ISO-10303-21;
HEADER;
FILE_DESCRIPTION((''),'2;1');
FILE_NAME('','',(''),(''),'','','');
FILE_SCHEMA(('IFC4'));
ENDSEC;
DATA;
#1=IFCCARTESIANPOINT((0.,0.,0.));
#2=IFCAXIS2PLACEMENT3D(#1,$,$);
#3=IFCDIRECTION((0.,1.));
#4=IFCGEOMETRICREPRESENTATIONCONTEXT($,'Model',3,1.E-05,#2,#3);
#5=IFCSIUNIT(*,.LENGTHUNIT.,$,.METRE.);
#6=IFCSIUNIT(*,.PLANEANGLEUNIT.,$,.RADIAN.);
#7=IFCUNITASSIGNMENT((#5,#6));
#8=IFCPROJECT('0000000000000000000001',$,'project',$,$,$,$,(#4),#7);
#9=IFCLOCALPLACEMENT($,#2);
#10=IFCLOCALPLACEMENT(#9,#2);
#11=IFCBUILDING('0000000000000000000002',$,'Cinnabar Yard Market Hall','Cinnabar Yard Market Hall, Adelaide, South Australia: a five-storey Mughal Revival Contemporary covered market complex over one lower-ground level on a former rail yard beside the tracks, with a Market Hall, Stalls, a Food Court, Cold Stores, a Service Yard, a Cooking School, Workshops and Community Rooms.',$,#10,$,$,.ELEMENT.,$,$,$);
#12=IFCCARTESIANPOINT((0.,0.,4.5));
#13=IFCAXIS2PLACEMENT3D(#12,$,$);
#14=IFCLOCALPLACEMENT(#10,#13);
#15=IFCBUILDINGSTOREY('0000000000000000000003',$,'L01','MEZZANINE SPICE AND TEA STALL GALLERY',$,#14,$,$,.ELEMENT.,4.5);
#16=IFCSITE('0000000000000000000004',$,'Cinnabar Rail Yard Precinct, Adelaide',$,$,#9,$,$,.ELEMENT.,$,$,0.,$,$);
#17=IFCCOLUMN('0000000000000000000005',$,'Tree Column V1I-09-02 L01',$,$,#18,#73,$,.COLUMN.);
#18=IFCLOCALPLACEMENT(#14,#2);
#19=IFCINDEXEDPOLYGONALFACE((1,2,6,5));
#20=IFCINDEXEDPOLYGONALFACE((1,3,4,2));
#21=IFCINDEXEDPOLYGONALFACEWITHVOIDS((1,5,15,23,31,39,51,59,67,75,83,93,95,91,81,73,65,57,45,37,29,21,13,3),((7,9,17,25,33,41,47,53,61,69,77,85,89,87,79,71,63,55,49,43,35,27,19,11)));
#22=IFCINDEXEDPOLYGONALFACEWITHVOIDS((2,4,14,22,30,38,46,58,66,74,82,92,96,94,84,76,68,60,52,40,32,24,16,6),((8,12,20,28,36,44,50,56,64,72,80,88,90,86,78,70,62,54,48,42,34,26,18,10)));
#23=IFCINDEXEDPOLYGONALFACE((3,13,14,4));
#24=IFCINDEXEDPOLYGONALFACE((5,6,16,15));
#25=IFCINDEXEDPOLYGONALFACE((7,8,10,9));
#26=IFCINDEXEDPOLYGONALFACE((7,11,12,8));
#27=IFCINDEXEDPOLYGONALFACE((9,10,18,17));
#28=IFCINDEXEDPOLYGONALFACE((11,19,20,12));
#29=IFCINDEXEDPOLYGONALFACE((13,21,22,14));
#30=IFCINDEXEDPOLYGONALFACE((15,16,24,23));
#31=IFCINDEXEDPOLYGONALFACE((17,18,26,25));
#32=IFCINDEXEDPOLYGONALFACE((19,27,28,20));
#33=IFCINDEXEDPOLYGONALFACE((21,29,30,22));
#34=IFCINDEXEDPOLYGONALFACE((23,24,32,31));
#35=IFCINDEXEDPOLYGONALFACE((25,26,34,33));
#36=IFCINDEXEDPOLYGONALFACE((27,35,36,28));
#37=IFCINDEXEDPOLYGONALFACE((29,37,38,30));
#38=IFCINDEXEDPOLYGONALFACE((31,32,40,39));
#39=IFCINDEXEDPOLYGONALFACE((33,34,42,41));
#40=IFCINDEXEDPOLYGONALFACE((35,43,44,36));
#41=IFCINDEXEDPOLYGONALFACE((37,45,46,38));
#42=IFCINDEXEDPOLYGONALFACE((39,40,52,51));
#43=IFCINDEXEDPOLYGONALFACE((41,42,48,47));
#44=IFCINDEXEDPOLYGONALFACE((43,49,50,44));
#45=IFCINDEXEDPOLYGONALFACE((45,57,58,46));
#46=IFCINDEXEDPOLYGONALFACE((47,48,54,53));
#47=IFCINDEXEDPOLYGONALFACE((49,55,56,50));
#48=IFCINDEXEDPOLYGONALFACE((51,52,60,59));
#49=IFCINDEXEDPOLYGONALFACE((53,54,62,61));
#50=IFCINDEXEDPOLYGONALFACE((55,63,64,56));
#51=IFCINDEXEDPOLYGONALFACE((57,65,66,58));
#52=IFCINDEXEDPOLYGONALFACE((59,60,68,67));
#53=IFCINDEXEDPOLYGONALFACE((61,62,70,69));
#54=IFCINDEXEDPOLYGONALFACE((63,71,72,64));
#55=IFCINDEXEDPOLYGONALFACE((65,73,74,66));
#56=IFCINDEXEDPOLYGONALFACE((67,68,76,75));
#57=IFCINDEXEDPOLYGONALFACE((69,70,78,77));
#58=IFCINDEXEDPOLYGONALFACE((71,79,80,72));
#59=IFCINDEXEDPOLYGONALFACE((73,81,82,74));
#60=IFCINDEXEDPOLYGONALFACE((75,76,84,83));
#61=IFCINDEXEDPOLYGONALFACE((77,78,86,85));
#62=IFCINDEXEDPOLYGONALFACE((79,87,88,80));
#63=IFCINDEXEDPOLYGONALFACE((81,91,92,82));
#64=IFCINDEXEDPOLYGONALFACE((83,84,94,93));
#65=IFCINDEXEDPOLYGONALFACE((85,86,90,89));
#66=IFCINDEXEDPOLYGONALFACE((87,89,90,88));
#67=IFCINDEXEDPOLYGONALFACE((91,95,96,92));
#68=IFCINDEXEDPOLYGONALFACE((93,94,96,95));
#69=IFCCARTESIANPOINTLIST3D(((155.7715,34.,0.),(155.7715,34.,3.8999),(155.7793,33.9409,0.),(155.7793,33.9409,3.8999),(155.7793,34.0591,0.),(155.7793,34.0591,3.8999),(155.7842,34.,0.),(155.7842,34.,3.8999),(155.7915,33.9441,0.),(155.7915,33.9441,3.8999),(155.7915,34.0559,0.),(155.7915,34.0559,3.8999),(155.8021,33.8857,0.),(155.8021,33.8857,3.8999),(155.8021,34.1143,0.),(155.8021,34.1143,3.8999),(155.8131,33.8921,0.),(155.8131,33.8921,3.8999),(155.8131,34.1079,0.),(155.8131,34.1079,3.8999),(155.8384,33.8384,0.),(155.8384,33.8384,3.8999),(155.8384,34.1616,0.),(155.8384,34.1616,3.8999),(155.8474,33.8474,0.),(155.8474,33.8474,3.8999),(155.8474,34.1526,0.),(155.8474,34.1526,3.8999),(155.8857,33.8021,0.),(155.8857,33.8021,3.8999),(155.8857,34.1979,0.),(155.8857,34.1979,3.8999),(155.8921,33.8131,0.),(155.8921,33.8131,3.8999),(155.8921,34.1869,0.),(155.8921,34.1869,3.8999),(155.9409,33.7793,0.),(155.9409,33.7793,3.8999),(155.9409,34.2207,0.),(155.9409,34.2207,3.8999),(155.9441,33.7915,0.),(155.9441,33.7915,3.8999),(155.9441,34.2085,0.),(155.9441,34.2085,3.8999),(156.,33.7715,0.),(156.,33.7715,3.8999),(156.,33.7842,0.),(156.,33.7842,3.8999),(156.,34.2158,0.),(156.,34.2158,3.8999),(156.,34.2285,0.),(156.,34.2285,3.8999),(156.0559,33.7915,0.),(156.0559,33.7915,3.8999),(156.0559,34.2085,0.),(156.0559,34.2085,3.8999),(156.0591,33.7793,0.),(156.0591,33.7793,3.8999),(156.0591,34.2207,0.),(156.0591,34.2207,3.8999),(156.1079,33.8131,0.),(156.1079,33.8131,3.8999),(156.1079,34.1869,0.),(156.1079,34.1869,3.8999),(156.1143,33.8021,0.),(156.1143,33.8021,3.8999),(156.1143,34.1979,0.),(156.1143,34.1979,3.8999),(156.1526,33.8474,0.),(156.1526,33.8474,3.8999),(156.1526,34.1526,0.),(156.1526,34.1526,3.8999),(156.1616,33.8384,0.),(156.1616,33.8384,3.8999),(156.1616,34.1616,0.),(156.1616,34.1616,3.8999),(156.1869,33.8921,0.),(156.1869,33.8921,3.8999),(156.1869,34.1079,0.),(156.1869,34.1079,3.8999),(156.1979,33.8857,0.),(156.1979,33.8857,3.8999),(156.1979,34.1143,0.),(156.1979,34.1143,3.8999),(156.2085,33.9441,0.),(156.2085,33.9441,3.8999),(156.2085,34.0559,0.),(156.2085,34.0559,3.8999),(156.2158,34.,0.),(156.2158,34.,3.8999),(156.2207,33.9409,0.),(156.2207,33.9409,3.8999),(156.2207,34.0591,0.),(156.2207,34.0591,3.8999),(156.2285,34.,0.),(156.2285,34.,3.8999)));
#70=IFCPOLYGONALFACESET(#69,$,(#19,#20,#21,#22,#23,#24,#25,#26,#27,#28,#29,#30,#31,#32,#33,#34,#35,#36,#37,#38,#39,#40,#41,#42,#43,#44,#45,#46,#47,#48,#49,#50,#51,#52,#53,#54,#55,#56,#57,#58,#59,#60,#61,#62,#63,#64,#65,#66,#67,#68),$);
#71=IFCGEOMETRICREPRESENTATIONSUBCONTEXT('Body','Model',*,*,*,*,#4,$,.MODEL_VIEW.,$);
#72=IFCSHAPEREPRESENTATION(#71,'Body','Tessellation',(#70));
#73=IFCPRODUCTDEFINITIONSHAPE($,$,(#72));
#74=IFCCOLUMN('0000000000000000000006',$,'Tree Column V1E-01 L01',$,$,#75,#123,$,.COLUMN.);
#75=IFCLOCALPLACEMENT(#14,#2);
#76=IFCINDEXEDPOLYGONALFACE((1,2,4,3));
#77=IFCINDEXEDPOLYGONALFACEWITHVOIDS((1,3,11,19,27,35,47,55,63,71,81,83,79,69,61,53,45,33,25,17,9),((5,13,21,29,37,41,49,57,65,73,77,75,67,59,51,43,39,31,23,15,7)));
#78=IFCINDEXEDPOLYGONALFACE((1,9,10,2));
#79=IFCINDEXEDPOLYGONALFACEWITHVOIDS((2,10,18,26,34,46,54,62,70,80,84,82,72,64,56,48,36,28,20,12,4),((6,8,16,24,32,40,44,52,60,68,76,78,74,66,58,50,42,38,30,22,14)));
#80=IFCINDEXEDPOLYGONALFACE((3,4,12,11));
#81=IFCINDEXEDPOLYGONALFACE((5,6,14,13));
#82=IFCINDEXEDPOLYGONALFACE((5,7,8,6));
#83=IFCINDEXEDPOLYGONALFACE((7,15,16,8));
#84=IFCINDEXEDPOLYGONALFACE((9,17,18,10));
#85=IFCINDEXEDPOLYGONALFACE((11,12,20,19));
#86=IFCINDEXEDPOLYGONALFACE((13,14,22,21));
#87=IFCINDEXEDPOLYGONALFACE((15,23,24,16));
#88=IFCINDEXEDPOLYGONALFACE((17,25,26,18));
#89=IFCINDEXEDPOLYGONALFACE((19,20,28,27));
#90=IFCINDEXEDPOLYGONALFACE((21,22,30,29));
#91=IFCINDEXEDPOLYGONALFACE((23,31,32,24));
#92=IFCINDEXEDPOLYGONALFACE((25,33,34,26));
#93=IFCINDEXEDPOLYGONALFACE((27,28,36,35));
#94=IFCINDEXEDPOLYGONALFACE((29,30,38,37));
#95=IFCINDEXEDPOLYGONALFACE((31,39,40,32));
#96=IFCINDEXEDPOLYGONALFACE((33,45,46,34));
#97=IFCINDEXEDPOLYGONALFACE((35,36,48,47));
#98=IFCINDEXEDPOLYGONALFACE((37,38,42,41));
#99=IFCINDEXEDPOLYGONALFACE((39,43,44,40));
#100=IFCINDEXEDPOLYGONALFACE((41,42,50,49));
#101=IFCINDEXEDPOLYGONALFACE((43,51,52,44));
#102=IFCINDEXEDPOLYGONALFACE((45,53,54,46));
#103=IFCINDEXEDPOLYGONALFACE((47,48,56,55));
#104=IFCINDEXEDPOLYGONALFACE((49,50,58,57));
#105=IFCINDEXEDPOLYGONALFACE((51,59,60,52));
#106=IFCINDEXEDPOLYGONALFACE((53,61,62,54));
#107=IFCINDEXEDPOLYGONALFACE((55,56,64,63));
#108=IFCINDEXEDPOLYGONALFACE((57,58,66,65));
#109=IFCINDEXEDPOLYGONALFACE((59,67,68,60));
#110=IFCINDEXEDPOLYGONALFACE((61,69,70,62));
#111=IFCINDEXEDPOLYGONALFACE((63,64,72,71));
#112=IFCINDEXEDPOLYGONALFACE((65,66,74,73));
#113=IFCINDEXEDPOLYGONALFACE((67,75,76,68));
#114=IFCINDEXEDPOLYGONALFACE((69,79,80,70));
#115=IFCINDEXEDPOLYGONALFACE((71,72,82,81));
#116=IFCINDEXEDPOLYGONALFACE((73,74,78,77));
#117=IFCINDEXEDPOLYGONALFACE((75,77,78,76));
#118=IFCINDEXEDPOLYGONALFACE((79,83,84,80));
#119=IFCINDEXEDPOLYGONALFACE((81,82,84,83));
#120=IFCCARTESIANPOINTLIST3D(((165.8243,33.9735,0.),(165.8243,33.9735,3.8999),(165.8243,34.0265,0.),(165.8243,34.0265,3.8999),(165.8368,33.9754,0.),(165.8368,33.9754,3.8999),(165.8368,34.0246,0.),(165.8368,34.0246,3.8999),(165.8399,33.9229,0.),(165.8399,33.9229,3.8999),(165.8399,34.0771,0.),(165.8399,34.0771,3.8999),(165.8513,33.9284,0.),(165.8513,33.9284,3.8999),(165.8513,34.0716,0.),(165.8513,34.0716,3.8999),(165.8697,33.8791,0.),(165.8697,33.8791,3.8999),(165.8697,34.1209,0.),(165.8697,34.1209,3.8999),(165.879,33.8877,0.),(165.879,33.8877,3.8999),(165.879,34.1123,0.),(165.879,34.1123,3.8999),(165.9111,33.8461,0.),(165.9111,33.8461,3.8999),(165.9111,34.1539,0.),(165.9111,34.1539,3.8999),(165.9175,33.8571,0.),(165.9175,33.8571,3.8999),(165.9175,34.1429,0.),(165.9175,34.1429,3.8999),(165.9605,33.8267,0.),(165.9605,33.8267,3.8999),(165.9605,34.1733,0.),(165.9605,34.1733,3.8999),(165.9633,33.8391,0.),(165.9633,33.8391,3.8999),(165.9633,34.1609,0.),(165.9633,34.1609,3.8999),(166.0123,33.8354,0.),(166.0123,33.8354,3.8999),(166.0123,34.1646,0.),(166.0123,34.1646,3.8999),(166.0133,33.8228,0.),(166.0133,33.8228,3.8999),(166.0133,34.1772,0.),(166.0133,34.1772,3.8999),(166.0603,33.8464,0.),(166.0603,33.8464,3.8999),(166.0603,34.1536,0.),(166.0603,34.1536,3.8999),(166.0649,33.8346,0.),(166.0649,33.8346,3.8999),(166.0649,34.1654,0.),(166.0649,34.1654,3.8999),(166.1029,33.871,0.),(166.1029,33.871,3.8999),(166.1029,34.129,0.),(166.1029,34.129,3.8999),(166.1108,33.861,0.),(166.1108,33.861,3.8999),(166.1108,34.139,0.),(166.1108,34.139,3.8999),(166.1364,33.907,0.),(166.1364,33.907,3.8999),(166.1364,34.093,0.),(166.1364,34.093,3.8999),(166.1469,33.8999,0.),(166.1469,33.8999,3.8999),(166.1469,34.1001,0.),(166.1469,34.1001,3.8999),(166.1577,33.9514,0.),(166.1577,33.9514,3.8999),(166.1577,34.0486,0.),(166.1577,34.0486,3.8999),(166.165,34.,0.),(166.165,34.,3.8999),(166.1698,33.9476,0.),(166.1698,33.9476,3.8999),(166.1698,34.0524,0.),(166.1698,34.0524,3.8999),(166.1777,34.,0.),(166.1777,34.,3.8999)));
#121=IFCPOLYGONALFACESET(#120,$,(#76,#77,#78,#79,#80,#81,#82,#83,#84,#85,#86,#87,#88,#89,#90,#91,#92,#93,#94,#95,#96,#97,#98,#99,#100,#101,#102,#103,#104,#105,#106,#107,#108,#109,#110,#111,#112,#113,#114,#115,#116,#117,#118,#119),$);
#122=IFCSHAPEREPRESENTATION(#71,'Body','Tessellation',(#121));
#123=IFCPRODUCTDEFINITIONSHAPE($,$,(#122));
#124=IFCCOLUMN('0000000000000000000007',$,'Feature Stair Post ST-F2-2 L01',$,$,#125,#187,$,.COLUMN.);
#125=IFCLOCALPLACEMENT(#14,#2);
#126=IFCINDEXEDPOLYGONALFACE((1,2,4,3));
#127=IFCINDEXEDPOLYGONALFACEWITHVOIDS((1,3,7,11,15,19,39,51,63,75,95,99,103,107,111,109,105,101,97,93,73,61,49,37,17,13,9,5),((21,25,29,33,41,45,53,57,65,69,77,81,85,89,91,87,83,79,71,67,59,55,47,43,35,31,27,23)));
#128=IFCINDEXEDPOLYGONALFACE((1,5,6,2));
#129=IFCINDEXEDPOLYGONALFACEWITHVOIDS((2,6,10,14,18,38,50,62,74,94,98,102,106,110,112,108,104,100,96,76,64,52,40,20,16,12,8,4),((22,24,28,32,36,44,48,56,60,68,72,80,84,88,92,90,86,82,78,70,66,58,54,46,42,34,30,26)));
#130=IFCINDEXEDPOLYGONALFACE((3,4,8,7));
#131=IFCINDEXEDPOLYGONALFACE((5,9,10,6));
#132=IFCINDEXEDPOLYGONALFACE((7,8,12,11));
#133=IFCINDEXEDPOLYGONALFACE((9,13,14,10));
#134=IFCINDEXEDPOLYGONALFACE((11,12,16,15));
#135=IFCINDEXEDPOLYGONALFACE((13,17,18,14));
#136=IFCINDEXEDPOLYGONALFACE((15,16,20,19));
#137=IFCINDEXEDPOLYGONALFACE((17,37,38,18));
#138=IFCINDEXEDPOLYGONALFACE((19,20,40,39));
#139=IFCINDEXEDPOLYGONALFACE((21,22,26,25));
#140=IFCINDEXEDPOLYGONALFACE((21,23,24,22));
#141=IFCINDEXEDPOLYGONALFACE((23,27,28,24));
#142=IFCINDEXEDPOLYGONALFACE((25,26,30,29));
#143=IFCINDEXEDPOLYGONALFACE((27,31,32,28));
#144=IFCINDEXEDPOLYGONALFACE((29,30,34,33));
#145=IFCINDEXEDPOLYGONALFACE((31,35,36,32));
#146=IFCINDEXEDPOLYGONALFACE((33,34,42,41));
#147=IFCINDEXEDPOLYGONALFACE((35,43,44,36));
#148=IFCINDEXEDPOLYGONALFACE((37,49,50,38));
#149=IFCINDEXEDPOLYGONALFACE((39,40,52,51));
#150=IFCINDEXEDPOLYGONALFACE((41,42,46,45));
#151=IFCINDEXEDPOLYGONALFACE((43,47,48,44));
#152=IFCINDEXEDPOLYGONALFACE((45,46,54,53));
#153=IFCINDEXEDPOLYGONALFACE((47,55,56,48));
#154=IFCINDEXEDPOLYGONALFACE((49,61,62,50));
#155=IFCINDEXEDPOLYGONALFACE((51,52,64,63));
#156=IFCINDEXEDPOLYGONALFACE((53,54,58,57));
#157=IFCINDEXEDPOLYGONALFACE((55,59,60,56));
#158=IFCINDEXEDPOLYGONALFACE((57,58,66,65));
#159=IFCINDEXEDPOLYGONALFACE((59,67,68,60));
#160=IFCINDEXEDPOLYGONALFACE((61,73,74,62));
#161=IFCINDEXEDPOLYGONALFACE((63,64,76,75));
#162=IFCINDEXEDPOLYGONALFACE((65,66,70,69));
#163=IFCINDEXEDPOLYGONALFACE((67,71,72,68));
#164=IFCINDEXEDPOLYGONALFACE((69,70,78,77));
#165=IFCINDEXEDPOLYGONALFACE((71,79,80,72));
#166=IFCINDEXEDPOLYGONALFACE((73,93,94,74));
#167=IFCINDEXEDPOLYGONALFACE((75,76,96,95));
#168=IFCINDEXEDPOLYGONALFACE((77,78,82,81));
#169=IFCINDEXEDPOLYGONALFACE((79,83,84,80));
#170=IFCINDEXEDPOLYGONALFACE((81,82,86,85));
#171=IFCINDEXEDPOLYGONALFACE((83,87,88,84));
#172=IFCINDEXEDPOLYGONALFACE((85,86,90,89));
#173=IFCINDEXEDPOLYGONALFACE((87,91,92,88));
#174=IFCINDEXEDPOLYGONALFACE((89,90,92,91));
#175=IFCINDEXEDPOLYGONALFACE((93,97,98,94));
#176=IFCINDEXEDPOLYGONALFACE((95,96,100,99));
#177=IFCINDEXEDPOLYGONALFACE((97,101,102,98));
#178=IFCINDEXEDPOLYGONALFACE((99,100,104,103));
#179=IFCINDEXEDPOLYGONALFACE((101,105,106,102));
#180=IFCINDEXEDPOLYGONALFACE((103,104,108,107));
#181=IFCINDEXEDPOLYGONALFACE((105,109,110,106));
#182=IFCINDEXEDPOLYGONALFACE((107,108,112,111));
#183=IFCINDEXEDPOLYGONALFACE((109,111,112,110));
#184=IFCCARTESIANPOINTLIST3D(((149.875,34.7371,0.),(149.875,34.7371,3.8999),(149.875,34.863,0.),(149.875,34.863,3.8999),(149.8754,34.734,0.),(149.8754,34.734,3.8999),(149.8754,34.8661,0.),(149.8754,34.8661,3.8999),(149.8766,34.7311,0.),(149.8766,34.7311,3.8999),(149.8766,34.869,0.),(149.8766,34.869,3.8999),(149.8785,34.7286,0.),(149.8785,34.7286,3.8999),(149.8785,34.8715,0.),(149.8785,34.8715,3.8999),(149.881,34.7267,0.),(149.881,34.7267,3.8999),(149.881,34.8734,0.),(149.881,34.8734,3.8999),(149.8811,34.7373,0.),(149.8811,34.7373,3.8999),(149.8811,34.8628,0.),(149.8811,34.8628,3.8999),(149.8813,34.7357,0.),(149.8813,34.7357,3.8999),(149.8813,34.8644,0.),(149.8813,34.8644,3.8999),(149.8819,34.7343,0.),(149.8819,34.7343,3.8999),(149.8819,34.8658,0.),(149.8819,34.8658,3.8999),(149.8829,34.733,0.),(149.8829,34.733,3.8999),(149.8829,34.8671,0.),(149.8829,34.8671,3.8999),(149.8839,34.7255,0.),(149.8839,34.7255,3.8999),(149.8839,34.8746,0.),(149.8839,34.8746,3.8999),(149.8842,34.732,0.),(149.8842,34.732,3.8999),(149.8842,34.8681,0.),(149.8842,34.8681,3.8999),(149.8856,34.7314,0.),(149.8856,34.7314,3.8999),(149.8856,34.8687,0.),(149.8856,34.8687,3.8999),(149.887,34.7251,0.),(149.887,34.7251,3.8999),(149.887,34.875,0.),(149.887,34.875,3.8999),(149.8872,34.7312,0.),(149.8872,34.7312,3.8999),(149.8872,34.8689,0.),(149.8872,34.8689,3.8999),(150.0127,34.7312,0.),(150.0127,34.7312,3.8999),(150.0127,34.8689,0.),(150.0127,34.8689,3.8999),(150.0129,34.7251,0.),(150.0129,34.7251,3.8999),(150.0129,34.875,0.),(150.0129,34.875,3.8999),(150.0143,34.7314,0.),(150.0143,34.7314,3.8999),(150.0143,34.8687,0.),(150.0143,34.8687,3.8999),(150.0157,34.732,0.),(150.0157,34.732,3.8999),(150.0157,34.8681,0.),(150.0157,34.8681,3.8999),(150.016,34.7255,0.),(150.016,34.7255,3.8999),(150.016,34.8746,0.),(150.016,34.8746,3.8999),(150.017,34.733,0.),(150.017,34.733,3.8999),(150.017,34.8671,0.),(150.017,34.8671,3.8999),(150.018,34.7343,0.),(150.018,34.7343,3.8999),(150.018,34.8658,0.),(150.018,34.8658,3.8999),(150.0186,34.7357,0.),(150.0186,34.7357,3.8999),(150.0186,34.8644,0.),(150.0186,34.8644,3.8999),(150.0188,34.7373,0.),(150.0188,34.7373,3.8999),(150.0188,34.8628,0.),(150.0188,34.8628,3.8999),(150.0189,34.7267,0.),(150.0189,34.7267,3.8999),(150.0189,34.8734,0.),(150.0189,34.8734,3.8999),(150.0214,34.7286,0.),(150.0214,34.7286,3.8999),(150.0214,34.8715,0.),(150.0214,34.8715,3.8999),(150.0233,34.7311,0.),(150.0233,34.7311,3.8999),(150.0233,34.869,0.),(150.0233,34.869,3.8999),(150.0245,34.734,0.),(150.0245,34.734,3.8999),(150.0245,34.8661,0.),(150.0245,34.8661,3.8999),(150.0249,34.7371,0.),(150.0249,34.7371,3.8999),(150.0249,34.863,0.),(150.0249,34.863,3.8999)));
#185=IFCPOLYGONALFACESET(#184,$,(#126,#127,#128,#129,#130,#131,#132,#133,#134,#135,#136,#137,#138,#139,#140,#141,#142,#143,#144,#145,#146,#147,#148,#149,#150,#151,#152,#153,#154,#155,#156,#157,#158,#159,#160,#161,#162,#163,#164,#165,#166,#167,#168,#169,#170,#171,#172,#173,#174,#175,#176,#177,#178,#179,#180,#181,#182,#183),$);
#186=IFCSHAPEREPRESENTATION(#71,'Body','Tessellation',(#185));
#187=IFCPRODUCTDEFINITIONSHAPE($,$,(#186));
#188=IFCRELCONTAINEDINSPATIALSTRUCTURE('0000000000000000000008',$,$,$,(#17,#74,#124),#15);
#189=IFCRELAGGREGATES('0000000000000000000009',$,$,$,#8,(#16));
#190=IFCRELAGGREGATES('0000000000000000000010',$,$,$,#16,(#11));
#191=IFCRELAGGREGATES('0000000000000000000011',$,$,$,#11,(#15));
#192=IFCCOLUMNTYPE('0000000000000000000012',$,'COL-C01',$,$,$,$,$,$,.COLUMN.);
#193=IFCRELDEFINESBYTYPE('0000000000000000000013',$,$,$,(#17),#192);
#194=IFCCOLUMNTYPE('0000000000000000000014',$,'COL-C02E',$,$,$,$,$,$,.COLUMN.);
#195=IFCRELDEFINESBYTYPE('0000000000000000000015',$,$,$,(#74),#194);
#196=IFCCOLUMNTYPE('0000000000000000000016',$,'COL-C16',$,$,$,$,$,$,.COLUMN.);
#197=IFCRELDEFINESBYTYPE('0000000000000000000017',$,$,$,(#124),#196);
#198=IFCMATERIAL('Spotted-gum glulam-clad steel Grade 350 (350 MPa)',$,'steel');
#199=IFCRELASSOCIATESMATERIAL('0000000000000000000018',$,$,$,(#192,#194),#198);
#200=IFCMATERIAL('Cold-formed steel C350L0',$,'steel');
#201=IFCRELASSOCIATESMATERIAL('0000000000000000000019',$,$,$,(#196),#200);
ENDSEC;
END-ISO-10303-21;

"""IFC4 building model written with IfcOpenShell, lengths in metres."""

from ifc_helpers import new_model, si_unit, direction, frame, origin, origin_2d_with_axis, place, context, subcontext, project, spatial, hollow_rectangle, hollow_circle, extrude, material, material_profile, profile_set, type_object, element, save


model = new_model("IFC4")

# Units and contexts
model_context = context("Model", 3, precision=1e-05, world=origin(), true_north=direction((0.0, 1.0)))
body_context = subcontext(model_context, "Body", "Model", "MODEL_VIEW")
ifc_project = project(units=[si_unit("LENGTHUNIT", "METRE"), si_unit("PLANEANGLEUNIT", "RADIAN")], contexts=[model_context])

# Site, building, storey
site_placement = place(None, origin())
site = spatial("IfcSite", under=ifc_project, at=site_placement, Name="Cinnabar Rail Yard Precinct, Adelaide", CompositionType="ELEMENT", RefElevation=0.0)
building_placement = place(site_placement, origin())
building = spatial("IfcBuilding", under=site, at=building_placement, Name="Cinnabar Yard Market Hall", Description="Cinnabar Yard Market Hall, Adelaide, South Australia: a five-storey Mughal Revival Contemporary covered market complex over one lower-ground level on a former rail yard beside the tracks, with a Market Hall, Stalls, a Food Court, Cold Stores, a Service Yard, a Cooking School, Workshops and Community Rooms.", CompositionType="ELEMENT")
storey_placement = place(building_placement, frame((0.0, 0.0, 4.5)))
storey = spatial("IfcBuildingStorey", under=building, at=storey_placement, Name="L01", Description="MEZZANINE SPICE AND TEA STALL GALLERY", CompositionType="ELEMENT", Elevation=4.5)

# Columns
ifc_material_1 = material(Name="Spotted-gum glulam-clad steel Grade 350 (350 MPa)", Category="steel")
ifc_material_profile_1 = material_profile(ifc_material_1, hollow_circle(Radius=0.2285, WallThickness=0.0127, at=origin_2d_with_axis()), Name="457.0x12.7CHS")
ifc_profile_set_1 = profile_set([ifc_material_profile_1], Name="Spotted-gum glulam-clad steel Grade 350 (350 MPa)")
column_type_1 = type_object("IfcColumnType", Name="COL-C01", PredefinedType="COLUMN", material=ifc_profile_set_1)
column_1_placement = place(storey_placement, frame((156.0, 34.0, 0.0), z_axis=(0.0, 0.0, 1.0), x_axis=(1.0, 0.0, 0.0)))
element("IfcColumn", 1, at=column_1_placement, inside=storey, type_object=column_type_1, Name="Tree Column V1I-09-02 L01", PredefinedType="COLUMN", context=body_context, shape_type="SweptSolid", body=[
    extrude(hollow_circle(Radius=0.2285, WallThickness=0.0127, at=origin_2d_with_axis()), origin(), (0.0, 0.0, 1.0), 3.8999),
])
ifc_material_profile_2 = material_profile(ifc_material_1, hollow_circle(Radius=0.1777, WallThickness=0.0127, at=origin_2d_with_axis()), Name="355.6x12.7CHS")
ifc_profile_set_2 = profile_set([ifc_material_profile_2], Name="Spotted-gum glulam-clad steel Grade 350 (350 MPa)")
column_type_2 = type_object("IfcColumnType", Name="COL-C02E", PredefinedType="COLUMN", material=ifc_profile_set_2)
column_2_placement = place(storey_placement, frame((166.0, 34.0, 0.0), z_axis=(0.0, 0.0, 1.0), x_axis=(1.0, 0.0, 0.0)))
element("IfcColumn", 2, at=column_2_placement, inside=storey, type_object=column_type_2, Name="Tree Column V1E-01 L01", PredefinedType="COLUMN", context=body_context, shape_type="SweptSolid", body=[
    extrude(hollow_circle(Radius=0.1777, WallThickness=0.0127, at=origin_2d_with_axis()), origin(), (0.0, 0.0, 1.0), 3.8999),
])
ifc_material_2 = material(Name="Cold-formed steel C350L0", Category="steel")
ifc_material_profile_3 = material_profile(ifc_material_2, hollow_rectangle(XDim=0.1499, YDim=0.1499, WallThickness=0.0061, InnerFilletRadius=0.0061, OuterFilletRadius=0.012, at=origin_2d_with_axis()), Name="150x150x6.0SHS")
ifc_profile_set_3 = profile_set([ifc_material_profile_3], Name="Cold-formed steel C350L0")
column_type_3 = type_object("IfcColumnType", Name="COL-C16", PredefinedType="COLUMN", material=ifc_profile_set_3)
for number, where, z_axis, x_axis, name in (
    (3, (149.95, 34.8, 0.0), (0.0, 0.0, 1.0), (1.0, 0.0, 0.0), "Feature Stair Post ST-F2-2 L01"),
):
    element("IfcColumn", number, at=place(storey_placement, frame(where, z_axis=z_axis, x_axis=x_axis)), inside=storey, type_object=column_type_3, Name=name, PredefinedType="COLUMN", context=body_context, shape_type="SweptSolid", body=[
        extrude(hollow_rectangle(XDim=0.1499, YDim=0.1499, WallThickness=0.0061, InnerFilletRadius=0.0061, OuterFilletRadius=0.012, at=origin_2d_with_axis()), origin(), (0.0, 0.0, 1.0), 3.8999),
    ])

save(model, "model.ifc")
